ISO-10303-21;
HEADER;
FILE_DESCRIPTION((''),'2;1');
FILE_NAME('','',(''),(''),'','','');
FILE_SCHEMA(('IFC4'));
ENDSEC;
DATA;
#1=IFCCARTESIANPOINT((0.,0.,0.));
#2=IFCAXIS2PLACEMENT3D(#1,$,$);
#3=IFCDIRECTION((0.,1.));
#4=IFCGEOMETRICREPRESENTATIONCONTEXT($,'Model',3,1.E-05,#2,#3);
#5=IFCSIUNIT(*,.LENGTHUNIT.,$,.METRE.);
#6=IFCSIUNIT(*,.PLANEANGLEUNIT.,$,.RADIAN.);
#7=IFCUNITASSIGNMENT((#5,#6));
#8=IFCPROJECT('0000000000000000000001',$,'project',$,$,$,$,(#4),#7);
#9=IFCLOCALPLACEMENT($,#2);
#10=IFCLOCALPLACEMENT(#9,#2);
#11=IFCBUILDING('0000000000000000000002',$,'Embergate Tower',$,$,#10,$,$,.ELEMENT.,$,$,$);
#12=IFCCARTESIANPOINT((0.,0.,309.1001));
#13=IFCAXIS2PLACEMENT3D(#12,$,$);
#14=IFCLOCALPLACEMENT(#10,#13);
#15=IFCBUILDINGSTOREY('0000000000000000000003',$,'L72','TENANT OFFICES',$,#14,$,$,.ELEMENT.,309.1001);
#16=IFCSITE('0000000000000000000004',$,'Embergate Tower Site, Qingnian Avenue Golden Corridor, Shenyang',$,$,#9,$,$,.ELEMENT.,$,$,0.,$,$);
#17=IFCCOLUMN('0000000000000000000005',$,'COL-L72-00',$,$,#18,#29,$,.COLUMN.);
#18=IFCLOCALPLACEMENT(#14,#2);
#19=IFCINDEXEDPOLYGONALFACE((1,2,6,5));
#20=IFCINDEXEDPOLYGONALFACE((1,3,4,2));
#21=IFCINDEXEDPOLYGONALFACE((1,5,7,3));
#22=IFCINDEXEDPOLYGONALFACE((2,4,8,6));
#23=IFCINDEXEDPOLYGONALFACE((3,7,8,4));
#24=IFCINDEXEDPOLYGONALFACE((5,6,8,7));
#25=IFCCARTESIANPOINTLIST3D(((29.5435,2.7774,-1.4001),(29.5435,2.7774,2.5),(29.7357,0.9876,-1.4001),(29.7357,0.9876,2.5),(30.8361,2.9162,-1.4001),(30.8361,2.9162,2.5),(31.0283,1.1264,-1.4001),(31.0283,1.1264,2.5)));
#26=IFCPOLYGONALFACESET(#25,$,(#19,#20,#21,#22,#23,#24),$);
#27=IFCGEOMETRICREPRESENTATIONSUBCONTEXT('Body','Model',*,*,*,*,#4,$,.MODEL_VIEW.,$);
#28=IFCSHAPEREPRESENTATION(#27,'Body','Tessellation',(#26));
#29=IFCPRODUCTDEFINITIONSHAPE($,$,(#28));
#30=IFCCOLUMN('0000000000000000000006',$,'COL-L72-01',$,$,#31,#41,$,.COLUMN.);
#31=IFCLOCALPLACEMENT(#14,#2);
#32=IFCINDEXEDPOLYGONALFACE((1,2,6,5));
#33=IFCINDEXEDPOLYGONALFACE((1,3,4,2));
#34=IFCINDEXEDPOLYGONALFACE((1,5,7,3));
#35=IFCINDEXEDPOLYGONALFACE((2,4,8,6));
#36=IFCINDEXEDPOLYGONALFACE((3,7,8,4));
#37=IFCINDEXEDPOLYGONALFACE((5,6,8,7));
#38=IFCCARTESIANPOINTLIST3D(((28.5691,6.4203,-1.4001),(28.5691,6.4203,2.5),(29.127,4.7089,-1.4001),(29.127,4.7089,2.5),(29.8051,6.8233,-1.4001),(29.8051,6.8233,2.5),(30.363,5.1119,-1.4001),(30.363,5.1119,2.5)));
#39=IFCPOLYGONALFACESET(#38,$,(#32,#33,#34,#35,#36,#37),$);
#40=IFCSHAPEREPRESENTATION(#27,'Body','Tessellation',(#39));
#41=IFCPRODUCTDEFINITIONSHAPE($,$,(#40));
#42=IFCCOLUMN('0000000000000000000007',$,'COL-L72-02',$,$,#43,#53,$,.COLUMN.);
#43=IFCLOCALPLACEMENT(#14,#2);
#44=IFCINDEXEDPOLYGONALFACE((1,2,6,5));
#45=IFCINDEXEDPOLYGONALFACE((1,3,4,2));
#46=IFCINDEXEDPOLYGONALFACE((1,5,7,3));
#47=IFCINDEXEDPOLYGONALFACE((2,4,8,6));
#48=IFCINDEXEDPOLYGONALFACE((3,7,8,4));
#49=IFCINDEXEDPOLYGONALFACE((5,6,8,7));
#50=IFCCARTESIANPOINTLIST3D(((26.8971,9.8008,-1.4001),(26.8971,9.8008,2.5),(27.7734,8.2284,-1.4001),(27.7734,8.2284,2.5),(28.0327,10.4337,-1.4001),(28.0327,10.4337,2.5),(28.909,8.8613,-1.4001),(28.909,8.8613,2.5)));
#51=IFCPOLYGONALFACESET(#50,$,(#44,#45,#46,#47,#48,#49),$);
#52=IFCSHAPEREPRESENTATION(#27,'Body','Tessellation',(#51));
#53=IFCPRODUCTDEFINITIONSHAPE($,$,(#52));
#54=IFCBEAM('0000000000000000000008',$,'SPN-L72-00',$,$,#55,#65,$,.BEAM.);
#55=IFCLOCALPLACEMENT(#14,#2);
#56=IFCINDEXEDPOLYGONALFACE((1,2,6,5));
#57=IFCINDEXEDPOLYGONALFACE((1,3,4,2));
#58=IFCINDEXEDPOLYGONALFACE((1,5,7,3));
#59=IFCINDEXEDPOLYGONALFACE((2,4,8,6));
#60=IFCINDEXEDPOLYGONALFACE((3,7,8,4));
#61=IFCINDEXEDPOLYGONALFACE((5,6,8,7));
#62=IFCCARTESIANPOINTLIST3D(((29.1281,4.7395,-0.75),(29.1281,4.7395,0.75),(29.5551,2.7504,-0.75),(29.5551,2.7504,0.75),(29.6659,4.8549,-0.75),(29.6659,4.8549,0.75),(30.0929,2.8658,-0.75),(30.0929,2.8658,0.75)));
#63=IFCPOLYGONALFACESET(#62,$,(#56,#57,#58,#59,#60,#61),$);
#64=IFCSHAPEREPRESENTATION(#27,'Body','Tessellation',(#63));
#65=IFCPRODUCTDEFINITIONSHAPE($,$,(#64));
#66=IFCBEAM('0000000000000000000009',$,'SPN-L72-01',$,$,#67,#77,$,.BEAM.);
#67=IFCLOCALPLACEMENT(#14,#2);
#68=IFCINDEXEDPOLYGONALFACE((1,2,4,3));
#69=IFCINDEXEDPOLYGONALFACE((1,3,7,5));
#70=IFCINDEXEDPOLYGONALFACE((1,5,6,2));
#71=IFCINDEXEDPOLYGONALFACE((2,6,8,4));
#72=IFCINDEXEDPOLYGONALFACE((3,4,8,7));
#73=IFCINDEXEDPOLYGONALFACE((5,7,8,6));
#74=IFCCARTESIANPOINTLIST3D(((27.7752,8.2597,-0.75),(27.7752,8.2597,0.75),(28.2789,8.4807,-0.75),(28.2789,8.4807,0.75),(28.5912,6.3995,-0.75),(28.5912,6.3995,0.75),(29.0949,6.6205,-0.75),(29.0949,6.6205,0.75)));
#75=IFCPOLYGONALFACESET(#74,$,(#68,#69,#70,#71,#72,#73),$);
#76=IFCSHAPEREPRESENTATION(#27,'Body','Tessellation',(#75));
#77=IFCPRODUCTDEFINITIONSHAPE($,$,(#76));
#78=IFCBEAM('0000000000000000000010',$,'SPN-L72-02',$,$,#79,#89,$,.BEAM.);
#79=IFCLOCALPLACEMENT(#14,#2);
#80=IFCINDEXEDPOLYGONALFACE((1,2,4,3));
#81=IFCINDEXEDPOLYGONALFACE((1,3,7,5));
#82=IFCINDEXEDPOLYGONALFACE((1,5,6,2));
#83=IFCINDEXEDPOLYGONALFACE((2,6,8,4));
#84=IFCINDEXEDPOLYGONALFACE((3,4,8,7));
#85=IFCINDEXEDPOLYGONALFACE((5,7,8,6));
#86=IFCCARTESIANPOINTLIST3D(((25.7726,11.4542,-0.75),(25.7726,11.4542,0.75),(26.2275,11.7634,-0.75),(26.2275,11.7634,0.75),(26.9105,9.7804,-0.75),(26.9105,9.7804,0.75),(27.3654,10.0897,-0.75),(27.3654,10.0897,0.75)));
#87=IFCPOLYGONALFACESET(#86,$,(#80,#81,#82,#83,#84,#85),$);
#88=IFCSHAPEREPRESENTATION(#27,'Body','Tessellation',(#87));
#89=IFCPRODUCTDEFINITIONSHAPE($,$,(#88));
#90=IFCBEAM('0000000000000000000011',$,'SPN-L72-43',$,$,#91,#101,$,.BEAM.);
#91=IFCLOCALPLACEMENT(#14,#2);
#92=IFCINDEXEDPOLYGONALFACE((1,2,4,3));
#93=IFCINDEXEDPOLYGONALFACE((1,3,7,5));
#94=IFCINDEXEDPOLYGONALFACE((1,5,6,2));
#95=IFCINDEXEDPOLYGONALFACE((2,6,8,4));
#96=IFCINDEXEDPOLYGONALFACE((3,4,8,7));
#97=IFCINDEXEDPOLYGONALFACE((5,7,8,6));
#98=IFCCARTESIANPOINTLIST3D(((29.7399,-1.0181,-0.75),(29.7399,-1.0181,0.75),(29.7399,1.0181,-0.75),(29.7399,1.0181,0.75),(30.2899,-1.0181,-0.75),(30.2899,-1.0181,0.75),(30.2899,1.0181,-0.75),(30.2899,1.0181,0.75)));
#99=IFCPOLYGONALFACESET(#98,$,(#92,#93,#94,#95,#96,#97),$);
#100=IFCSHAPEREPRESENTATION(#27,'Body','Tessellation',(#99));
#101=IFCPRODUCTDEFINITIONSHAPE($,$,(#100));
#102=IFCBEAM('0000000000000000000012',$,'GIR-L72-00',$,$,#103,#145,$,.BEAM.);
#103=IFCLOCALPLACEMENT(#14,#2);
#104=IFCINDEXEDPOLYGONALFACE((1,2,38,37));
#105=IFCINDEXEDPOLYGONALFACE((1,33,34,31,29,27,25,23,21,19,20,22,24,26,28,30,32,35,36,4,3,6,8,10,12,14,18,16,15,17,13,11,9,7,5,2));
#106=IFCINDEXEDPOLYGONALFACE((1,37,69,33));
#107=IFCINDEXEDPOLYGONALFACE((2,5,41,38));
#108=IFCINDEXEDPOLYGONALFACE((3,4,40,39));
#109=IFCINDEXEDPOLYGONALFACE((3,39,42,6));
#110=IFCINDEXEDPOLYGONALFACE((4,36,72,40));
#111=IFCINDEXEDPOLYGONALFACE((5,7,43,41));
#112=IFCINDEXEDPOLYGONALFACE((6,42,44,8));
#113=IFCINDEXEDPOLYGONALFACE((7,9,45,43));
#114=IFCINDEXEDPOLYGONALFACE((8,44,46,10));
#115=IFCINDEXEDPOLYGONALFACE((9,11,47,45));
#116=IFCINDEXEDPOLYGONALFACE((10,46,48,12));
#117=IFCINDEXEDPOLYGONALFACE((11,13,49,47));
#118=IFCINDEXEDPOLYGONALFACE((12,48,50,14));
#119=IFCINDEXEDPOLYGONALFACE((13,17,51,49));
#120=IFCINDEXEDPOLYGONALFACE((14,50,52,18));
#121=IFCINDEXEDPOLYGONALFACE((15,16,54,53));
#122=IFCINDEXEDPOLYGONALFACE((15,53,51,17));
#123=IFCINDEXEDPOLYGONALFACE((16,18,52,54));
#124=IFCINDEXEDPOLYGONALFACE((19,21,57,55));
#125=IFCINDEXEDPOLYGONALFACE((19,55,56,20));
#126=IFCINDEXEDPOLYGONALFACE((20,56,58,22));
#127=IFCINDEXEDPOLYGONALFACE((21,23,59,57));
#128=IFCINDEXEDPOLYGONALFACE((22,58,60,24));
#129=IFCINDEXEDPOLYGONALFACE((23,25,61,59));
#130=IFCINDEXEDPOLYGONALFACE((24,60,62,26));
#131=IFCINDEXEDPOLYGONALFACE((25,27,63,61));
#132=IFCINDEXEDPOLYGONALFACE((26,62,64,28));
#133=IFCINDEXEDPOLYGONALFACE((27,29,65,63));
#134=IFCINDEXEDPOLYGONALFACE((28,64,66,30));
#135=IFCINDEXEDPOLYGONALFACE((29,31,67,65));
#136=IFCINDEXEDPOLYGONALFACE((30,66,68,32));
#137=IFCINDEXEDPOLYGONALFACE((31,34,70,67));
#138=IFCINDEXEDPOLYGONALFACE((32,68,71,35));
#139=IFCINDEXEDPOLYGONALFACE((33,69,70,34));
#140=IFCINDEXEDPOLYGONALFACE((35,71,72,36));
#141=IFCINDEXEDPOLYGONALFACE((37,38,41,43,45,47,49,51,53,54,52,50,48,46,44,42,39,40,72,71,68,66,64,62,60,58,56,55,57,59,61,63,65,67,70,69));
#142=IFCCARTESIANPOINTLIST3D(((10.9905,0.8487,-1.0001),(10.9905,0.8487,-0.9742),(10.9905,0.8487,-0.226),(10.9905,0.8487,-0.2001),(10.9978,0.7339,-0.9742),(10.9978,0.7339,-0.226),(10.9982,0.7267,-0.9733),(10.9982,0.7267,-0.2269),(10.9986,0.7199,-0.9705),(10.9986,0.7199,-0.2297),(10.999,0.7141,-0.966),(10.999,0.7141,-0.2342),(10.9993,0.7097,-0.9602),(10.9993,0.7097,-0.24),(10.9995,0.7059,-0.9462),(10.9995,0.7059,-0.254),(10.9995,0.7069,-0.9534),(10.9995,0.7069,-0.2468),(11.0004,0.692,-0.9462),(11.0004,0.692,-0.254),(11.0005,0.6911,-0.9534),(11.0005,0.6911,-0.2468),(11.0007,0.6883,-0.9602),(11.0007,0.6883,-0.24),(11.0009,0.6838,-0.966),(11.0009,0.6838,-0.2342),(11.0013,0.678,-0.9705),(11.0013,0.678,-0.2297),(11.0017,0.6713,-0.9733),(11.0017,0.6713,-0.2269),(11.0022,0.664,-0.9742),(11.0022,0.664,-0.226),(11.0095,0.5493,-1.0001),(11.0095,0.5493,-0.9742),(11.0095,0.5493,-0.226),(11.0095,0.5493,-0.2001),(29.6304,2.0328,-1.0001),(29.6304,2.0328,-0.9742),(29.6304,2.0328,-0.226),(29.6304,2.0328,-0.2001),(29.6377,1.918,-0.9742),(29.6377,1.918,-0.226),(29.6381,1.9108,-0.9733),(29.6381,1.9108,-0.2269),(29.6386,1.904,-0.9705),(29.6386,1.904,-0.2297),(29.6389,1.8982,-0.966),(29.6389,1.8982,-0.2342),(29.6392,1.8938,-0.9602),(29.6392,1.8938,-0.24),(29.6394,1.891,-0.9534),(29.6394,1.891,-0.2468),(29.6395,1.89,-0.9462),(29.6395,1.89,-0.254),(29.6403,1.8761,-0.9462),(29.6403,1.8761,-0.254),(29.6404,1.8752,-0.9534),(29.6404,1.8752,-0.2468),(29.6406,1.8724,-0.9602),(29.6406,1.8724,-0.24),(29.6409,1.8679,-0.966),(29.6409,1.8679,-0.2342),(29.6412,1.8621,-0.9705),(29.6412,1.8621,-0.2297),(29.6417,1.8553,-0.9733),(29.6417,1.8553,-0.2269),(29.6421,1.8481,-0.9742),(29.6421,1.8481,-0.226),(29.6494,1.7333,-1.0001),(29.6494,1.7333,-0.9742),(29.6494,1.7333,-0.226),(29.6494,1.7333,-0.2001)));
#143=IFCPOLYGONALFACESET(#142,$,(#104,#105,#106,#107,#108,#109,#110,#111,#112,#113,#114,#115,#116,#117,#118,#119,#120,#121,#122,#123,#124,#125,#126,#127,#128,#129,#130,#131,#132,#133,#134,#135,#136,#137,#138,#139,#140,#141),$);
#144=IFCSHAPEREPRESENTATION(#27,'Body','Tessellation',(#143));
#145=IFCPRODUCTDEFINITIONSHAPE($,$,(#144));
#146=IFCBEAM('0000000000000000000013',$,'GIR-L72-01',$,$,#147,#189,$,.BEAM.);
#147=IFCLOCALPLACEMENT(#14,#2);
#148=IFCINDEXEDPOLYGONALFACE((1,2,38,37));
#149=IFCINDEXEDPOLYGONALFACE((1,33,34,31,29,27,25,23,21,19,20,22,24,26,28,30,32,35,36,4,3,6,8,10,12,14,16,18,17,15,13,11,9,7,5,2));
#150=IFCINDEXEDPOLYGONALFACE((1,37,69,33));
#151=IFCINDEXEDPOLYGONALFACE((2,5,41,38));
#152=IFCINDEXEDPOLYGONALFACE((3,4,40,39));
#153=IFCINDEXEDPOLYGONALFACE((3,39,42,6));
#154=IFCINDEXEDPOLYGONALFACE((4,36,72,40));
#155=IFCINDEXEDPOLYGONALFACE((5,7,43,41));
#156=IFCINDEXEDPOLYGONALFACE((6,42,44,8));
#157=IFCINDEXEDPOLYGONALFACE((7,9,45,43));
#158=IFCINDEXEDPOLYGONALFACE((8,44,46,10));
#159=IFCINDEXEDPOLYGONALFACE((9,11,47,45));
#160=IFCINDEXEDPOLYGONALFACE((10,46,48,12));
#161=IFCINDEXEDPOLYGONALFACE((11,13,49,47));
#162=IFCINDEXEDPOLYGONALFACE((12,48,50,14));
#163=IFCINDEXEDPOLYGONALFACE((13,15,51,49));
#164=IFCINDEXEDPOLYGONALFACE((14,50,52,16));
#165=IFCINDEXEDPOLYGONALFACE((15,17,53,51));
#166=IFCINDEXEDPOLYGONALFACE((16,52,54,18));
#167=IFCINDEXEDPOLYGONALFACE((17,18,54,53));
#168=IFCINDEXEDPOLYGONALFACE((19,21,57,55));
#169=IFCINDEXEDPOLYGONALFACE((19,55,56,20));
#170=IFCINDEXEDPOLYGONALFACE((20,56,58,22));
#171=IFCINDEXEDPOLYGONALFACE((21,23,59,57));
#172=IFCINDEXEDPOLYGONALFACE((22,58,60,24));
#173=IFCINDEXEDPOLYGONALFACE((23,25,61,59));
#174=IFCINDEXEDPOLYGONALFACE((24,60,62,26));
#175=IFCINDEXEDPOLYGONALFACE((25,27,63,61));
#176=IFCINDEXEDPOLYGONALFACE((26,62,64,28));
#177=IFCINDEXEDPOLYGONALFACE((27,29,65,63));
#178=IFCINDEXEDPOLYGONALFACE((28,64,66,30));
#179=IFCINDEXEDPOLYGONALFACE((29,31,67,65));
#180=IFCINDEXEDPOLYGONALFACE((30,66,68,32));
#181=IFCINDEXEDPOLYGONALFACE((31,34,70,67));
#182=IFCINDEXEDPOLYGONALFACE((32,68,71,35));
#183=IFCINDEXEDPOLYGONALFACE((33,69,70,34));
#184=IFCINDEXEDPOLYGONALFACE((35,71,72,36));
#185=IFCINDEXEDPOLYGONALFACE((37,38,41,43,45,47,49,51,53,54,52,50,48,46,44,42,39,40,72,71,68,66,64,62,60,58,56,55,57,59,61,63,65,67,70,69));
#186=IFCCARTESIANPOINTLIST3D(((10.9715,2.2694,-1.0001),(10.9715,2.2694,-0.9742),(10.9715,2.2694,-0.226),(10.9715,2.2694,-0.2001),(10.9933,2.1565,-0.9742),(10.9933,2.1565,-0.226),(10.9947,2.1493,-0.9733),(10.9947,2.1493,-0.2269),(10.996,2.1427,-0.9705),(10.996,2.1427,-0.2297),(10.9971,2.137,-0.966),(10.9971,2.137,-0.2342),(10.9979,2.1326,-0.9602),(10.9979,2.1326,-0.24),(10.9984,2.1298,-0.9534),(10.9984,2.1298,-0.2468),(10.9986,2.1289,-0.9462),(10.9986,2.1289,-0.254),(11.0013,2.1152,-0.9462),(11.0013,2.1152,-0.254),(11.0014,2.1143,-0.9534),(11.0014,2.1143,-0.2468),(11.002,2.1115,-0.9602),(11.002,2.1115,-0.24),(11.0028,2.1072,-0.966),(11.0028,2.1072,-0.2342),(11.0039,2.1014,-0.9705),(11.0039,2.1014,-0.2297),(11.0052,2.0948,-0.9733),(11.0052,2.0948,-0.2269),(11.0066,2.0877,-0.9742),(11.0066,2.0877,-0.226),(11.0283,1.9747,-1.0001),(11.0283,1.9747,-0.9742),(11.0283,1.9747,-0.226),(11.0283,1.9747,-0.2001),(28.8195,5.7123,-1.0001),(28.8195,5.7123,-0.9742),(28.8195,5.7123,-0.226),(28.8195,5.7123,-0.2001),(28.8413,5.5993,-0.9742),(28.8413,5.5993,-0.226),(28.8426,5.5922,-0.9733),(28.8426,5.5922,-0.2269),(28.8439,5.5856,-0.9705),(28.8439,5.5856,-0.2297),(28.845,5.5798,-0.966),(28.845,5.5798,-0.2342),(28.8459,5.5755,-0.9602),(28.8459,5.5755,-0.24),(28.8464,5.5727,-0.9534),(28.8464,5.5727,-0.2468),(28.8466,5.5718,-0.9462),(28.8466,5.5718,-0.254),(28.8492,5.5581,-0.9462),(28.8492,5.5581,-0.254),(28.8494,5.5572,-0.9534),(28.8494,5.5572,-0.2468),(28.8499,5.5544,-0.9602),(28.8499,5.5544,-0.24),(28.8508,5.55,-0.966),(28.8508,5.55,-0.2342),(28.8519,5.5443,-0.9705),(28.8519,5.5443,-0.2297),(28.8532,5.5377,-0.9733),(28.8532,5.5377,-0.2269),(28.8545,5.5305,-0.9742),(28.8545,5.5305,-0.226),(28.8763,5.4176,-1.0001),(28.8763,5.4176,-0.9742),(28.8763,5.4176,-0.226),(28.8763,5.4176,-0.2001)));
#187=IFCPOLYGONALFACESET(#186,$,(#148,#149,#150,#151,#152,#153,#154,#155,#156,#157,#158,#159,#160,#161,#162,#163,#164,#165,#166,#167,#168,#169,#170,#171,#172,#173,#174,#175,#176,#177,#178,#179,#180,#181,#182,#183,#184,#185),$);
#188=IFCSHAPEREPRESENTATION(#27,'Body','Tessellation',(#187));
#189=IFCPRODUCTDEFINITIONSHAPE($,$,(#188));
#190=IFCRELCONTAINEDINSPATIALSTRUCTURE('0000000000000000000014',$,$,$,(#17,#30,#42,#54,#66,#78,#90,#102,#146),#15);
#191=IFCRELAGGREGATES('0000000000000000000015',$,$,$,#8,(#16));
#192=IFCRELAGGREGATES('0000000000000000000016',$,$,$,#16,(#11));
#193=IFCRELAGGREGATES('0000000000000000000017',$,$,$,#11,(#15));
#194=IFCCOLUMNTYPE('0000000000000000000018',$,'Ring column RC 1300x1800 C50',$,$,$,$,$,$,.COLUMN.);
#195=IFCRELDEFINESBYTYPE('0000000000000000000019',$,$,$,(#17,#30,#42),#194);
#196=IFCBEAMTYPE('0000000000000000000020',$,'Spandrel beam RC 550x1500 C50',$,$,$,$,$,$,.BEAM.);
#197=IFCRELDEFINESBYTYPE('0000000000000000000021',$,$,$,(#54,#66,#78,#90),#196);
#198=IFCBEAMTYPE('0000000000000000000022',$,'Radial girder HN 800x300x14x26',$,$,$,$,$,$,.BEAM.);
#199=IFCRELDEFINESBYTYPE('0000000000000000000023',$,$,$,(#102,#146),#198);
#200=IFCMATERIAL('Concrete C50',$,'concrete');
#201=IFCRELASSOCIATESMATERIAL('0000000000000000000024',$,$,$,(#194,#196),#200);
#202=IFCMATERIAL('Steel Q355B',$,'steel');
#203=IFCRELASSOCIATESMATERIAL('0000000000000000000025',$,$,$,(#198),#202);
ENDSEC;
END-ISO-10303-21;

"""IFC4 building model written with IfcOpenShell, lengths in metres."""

from ifc_helpers import new_model, si_unit, direction, frame, origin, origin_2d, place, context, subcontext, project, spatial, rectangle, i_section, extrude, source, transform, mapped, material, material_profile, profile_set, type_object, element, save


model = new_model("IFC4")

# Units and contexts
model_context = context("Model", 3, precision=1e-05, world=origin(), true_north=direction((0.0, 1.0)))
body_context = subcontext(model_context, "Body", "Model", "MODEL_VIEW")
ifc_project = project(units=[si_unit("LENGTHUNIT", "METRE"), si_unit("PLANEANGLEUNIT", "RADIAN")], contexts=[model_context])

# Site, building, storey
site_placement = place(None, origin())
site = spatial("IfcSite", under=ifc_project, at=site_placement, Name="Embergate Tower Site, Qingnian Avenue Golden Corridor, Shenyang", CompositionType="ELEMENT", RefElevation=0.0)
building_placement = place(site_placement, origin())
building = spatial("IfcBuilding", under=site, at=building_placement, Name="Embergate Tower", CompositionType="ELEMENT")
storey_placement = place(building_placement, frame((0.0, 0.0, 309.1001)))
storey = spatial("IfcBuildingStorey", under=building, at=storey_placement, Name="L72", Description="TENANT OFFICES", CompositionType="ELEMENT", Elevation=309.1001)

# Columns
ifc_material_1 = material(Name="Concrete C50", Category="concrete")
ifc_material_profile_1 = material_profile(ifc_material_1, rectangle(XDim=1.3, YDim=1.8, at=origin_2d()), Name="RC 1300x1800")
ifc_profile_set_1 = profile_set([ifc_material_profile_1], Name="Concrete C50")
column_type = type_object("IfcColumnType", Name="Ring column RC 1300x1800 C50", PredefinedType="COLUMN", material=ifc_profile_set_1)
shared_shape_1 = source(origin(), body_context, "Body", "SweptSolid", [
    extrude(rectangle(XDim=1.3, YDim=1.8, at=origin_2d()), origin(), (0.0, 0.0, 1.0), 3.9001),
])
for number, where, z_axis, x_axis, name in (
    (1, (30.2859, 1.9519, -1.4001), (0.0, 0.0, 1.0), (0.994286, 0.10675, 0.0), "COL-L72-00"),
    (2, (29.4661, 5.7661, -1.4001), (0.0, 0.0, 1.0), (0.950754, 0.309946, 0.0), "COL-L72-01"),
    (3, (27.9031, 9.3311, -1.4001), (0.0, 0.0, 1.0), (0.8735, 0.486823, 0.0), "COL-L72-02"),
):
    element("IfcColumn", number, at=place(storey_placement, frame(where, z_axis=z_axis, x_axis=x_axis)), inside=storey, type_object=column_type, Name=name, PredefinedType="COLUMN", context=body_context, shape_type="MappedRepresentation", body=[
        mapped(shared_shape_1, transform((0.0, 0.0, 0.0))),
    ])

# Beams
ifc_material_profile_2 = material_profile(ifc_material_1, rectangle(XDim=0.55, YDim=1.5, at=origin_2d()), Name="RC 550x1500")
ifc_profile_set_2 = profile_set([ifc_material_profile_2], Name="Concrete C50")
beam_type_1 = type_object("IfcBeamType", Name="Spandrel beam RC 550x1500 C50", PredefinedType="BEAM", material=ifc_profile_set_2)
shared_shape_2 = source(origin(), body_context, "Body", "SweptSolid", [
    extrude(rectangle(XDim=0.55, YDim=1.5, at=origin_2d()), origin(), (0.0, 0.0, 1.0), 2.0344),
])
beam_1_placement = place(storey_placement, frame((29.824, 2.8081, 0.0), z_axis=(-0.209898, 0.977723, 0.0), x_axis=(-0.977723, -0.209898, 0.0)))
element("IfcBeam", 4, at=beam_1_placement, inside=storey, type_object=beam_type_1, Name="SPN-L72-00", PredefinedType="BEAM", context=body_context, shape_type="MappedRepresentation", body=[
    mapped(shared_shape_2, transform((0.0, 0.0, 0.0))),
])
shared_shape_3 = source(origin(), body_context, "Body", "SweptSolid", [
    extrude(rectangle(XDim=0.55, YDim=1.5, at=origin_2d()), origin(), (0.0, 0.0, 1.0), 2.0312),
])
beam_2_placement = place(storey_placement, frame((28.843, 6.51, 0.0), z_axis=(-0.401695, 0.915773, 0.0), x_axis=(-0.915773, -0.401695, 0.0)))
element("IfcBeam", 5, at=beam_2_placement, inside=storey, type_object=beam_type_1, Name="SPN-L72-01", PredefinedType="BEAM", context=body_context, shape_type="MappedRepresentation", body=[
    mapped(shared_shape_3, transform((0.0, 0.0, 0.0))),
])
shared_shape_4 = source(origin(), body_context, "Body", "SweptSolid", [
    extrude(rectangle(XDim=0.55, YDim=1.5, at=origin_2d()), origin(), (0.0, 0.0, 1.0), 2.0239),
])
beam_3_placement = place(storey_placement, frame((27.1379, 9.9351, 0.0), z_axis=(-0.562221, 0.826987, 0.0), x_axis=(-0.826987, -0.562221, 0.0)))
element("IfcBeam", 6, at=beam_3_placement, inside=storey, type_object=beam_type_1, Name="SPN-L72-02", PredefinedType="BEAM", context=body_context, shape_type="MappedRepresentation", body=[
    mapped(shared_shape_4, transform((0.0, 0.0, 0.0))),
])
shared_shape_5 = source(origin(), body_context, "Body", "SweptSolid", [
    extrude(rectangle(XDim=0.55, YDim=1.5, at=origin_2d()), origin(), (0.0, 0.0, 1.0), 2.0361),
])
beam_4_placement = place(storey_placement, frame((30.0149, -1.0181, 0.0), z_axis=(0.0, 1.0, 0.0), x_axis=(-1.0, 0.0, 0.0)))
element("IfcBeam", 7, at=beam_4_placement, inside=storey, type_object=beam_type_1, Name="SPN-L72-43", PredefinedType="BEAM", context=body_context, shape_type="MappedRepresentation", body=[
    mapped(shared_shape_5, transform((0.0, 0.0, 0.0))),
])
ifc_material_2 = material(Name="Steel Q355B", Category="steel")
ifc_material_profile_3 = material_profile(ifc_material_2, i_section(OverallWidth=0.3, OverallDepth=0.8, WebThickness=0.0139, FlangeThickness=0.0259, FilletRadius=0.0281, at=origin_2d()), Name="HN 800x300x14x26")
ifc_profile_set_3 = profile_set([ifc_material_profile_3], Name="Steel Q355 grade B")
beam_type_2 = type_object("IfcBeamType", Name="Radial girder HN 800x300x14x26", PredefinedType="BEAM", material=ifc_profile_set_3)
shared_shape_6 = source(origin(), body_context, "Body", "SweptSolid", [
    extrude(i_section(OverallWidth=0.3, OverallDepth=0.8, WebThickness=0.0139, FlangeThickness=0.0259, FilletRadius=0.0281, at=origin_2d()), origin(), (0.0, 0.0, 1.0), 18.6775),
])
beam_5_placement = place(storey_placement, frame((29.6399, 1.8831, -0.6001), z_axis=(-0.997988, -0.063396, 0.0), x_axis=(0.063396, -0.997988, 0.0)))
element("IfcBeam", 8, at=beam_5_placement, inside=storey, type_object=beam_type_2, Name="GIR-L72-00", PredefinedType="BEAM", context=body_context, shape_type="MappedRepresentation", body=[
    mapped(shared_shape_6, transform((0.0, 0.0, 0.0))),
])
shared_shape_7 = source(origin(), body_context, "Body", "SweptSolid", [
    extrude(i_section(OverallWidth=0.3, OverallDepth=0.8, WebThickness=0.0139, FlangeThickness=0.0259, FilletRadius=0.0281, at=origin_2d()), origin(), (0.0, 0.0, 1.0), 18.177),
])
beam_6_placement = place(storey_placement, frame((28.8479, 5.5649, -0.6001), z_axis=(-0.981898, -0.189409, 0.0), x_axis=(0.189409, -0.981898, 0.0)))
element("IfcBeam", 9, at=beam_6_placement, inside=storey, type_object=beam_type_2, Name="GIR-L72-01", PredefinedType="BEAM", context=body_context, shape_type="MappedRepresentation", body=[
    mapped(shared_shape_7, transform((0.0, 0.0, 0.0))),
])

save(model, "model.ifc")
